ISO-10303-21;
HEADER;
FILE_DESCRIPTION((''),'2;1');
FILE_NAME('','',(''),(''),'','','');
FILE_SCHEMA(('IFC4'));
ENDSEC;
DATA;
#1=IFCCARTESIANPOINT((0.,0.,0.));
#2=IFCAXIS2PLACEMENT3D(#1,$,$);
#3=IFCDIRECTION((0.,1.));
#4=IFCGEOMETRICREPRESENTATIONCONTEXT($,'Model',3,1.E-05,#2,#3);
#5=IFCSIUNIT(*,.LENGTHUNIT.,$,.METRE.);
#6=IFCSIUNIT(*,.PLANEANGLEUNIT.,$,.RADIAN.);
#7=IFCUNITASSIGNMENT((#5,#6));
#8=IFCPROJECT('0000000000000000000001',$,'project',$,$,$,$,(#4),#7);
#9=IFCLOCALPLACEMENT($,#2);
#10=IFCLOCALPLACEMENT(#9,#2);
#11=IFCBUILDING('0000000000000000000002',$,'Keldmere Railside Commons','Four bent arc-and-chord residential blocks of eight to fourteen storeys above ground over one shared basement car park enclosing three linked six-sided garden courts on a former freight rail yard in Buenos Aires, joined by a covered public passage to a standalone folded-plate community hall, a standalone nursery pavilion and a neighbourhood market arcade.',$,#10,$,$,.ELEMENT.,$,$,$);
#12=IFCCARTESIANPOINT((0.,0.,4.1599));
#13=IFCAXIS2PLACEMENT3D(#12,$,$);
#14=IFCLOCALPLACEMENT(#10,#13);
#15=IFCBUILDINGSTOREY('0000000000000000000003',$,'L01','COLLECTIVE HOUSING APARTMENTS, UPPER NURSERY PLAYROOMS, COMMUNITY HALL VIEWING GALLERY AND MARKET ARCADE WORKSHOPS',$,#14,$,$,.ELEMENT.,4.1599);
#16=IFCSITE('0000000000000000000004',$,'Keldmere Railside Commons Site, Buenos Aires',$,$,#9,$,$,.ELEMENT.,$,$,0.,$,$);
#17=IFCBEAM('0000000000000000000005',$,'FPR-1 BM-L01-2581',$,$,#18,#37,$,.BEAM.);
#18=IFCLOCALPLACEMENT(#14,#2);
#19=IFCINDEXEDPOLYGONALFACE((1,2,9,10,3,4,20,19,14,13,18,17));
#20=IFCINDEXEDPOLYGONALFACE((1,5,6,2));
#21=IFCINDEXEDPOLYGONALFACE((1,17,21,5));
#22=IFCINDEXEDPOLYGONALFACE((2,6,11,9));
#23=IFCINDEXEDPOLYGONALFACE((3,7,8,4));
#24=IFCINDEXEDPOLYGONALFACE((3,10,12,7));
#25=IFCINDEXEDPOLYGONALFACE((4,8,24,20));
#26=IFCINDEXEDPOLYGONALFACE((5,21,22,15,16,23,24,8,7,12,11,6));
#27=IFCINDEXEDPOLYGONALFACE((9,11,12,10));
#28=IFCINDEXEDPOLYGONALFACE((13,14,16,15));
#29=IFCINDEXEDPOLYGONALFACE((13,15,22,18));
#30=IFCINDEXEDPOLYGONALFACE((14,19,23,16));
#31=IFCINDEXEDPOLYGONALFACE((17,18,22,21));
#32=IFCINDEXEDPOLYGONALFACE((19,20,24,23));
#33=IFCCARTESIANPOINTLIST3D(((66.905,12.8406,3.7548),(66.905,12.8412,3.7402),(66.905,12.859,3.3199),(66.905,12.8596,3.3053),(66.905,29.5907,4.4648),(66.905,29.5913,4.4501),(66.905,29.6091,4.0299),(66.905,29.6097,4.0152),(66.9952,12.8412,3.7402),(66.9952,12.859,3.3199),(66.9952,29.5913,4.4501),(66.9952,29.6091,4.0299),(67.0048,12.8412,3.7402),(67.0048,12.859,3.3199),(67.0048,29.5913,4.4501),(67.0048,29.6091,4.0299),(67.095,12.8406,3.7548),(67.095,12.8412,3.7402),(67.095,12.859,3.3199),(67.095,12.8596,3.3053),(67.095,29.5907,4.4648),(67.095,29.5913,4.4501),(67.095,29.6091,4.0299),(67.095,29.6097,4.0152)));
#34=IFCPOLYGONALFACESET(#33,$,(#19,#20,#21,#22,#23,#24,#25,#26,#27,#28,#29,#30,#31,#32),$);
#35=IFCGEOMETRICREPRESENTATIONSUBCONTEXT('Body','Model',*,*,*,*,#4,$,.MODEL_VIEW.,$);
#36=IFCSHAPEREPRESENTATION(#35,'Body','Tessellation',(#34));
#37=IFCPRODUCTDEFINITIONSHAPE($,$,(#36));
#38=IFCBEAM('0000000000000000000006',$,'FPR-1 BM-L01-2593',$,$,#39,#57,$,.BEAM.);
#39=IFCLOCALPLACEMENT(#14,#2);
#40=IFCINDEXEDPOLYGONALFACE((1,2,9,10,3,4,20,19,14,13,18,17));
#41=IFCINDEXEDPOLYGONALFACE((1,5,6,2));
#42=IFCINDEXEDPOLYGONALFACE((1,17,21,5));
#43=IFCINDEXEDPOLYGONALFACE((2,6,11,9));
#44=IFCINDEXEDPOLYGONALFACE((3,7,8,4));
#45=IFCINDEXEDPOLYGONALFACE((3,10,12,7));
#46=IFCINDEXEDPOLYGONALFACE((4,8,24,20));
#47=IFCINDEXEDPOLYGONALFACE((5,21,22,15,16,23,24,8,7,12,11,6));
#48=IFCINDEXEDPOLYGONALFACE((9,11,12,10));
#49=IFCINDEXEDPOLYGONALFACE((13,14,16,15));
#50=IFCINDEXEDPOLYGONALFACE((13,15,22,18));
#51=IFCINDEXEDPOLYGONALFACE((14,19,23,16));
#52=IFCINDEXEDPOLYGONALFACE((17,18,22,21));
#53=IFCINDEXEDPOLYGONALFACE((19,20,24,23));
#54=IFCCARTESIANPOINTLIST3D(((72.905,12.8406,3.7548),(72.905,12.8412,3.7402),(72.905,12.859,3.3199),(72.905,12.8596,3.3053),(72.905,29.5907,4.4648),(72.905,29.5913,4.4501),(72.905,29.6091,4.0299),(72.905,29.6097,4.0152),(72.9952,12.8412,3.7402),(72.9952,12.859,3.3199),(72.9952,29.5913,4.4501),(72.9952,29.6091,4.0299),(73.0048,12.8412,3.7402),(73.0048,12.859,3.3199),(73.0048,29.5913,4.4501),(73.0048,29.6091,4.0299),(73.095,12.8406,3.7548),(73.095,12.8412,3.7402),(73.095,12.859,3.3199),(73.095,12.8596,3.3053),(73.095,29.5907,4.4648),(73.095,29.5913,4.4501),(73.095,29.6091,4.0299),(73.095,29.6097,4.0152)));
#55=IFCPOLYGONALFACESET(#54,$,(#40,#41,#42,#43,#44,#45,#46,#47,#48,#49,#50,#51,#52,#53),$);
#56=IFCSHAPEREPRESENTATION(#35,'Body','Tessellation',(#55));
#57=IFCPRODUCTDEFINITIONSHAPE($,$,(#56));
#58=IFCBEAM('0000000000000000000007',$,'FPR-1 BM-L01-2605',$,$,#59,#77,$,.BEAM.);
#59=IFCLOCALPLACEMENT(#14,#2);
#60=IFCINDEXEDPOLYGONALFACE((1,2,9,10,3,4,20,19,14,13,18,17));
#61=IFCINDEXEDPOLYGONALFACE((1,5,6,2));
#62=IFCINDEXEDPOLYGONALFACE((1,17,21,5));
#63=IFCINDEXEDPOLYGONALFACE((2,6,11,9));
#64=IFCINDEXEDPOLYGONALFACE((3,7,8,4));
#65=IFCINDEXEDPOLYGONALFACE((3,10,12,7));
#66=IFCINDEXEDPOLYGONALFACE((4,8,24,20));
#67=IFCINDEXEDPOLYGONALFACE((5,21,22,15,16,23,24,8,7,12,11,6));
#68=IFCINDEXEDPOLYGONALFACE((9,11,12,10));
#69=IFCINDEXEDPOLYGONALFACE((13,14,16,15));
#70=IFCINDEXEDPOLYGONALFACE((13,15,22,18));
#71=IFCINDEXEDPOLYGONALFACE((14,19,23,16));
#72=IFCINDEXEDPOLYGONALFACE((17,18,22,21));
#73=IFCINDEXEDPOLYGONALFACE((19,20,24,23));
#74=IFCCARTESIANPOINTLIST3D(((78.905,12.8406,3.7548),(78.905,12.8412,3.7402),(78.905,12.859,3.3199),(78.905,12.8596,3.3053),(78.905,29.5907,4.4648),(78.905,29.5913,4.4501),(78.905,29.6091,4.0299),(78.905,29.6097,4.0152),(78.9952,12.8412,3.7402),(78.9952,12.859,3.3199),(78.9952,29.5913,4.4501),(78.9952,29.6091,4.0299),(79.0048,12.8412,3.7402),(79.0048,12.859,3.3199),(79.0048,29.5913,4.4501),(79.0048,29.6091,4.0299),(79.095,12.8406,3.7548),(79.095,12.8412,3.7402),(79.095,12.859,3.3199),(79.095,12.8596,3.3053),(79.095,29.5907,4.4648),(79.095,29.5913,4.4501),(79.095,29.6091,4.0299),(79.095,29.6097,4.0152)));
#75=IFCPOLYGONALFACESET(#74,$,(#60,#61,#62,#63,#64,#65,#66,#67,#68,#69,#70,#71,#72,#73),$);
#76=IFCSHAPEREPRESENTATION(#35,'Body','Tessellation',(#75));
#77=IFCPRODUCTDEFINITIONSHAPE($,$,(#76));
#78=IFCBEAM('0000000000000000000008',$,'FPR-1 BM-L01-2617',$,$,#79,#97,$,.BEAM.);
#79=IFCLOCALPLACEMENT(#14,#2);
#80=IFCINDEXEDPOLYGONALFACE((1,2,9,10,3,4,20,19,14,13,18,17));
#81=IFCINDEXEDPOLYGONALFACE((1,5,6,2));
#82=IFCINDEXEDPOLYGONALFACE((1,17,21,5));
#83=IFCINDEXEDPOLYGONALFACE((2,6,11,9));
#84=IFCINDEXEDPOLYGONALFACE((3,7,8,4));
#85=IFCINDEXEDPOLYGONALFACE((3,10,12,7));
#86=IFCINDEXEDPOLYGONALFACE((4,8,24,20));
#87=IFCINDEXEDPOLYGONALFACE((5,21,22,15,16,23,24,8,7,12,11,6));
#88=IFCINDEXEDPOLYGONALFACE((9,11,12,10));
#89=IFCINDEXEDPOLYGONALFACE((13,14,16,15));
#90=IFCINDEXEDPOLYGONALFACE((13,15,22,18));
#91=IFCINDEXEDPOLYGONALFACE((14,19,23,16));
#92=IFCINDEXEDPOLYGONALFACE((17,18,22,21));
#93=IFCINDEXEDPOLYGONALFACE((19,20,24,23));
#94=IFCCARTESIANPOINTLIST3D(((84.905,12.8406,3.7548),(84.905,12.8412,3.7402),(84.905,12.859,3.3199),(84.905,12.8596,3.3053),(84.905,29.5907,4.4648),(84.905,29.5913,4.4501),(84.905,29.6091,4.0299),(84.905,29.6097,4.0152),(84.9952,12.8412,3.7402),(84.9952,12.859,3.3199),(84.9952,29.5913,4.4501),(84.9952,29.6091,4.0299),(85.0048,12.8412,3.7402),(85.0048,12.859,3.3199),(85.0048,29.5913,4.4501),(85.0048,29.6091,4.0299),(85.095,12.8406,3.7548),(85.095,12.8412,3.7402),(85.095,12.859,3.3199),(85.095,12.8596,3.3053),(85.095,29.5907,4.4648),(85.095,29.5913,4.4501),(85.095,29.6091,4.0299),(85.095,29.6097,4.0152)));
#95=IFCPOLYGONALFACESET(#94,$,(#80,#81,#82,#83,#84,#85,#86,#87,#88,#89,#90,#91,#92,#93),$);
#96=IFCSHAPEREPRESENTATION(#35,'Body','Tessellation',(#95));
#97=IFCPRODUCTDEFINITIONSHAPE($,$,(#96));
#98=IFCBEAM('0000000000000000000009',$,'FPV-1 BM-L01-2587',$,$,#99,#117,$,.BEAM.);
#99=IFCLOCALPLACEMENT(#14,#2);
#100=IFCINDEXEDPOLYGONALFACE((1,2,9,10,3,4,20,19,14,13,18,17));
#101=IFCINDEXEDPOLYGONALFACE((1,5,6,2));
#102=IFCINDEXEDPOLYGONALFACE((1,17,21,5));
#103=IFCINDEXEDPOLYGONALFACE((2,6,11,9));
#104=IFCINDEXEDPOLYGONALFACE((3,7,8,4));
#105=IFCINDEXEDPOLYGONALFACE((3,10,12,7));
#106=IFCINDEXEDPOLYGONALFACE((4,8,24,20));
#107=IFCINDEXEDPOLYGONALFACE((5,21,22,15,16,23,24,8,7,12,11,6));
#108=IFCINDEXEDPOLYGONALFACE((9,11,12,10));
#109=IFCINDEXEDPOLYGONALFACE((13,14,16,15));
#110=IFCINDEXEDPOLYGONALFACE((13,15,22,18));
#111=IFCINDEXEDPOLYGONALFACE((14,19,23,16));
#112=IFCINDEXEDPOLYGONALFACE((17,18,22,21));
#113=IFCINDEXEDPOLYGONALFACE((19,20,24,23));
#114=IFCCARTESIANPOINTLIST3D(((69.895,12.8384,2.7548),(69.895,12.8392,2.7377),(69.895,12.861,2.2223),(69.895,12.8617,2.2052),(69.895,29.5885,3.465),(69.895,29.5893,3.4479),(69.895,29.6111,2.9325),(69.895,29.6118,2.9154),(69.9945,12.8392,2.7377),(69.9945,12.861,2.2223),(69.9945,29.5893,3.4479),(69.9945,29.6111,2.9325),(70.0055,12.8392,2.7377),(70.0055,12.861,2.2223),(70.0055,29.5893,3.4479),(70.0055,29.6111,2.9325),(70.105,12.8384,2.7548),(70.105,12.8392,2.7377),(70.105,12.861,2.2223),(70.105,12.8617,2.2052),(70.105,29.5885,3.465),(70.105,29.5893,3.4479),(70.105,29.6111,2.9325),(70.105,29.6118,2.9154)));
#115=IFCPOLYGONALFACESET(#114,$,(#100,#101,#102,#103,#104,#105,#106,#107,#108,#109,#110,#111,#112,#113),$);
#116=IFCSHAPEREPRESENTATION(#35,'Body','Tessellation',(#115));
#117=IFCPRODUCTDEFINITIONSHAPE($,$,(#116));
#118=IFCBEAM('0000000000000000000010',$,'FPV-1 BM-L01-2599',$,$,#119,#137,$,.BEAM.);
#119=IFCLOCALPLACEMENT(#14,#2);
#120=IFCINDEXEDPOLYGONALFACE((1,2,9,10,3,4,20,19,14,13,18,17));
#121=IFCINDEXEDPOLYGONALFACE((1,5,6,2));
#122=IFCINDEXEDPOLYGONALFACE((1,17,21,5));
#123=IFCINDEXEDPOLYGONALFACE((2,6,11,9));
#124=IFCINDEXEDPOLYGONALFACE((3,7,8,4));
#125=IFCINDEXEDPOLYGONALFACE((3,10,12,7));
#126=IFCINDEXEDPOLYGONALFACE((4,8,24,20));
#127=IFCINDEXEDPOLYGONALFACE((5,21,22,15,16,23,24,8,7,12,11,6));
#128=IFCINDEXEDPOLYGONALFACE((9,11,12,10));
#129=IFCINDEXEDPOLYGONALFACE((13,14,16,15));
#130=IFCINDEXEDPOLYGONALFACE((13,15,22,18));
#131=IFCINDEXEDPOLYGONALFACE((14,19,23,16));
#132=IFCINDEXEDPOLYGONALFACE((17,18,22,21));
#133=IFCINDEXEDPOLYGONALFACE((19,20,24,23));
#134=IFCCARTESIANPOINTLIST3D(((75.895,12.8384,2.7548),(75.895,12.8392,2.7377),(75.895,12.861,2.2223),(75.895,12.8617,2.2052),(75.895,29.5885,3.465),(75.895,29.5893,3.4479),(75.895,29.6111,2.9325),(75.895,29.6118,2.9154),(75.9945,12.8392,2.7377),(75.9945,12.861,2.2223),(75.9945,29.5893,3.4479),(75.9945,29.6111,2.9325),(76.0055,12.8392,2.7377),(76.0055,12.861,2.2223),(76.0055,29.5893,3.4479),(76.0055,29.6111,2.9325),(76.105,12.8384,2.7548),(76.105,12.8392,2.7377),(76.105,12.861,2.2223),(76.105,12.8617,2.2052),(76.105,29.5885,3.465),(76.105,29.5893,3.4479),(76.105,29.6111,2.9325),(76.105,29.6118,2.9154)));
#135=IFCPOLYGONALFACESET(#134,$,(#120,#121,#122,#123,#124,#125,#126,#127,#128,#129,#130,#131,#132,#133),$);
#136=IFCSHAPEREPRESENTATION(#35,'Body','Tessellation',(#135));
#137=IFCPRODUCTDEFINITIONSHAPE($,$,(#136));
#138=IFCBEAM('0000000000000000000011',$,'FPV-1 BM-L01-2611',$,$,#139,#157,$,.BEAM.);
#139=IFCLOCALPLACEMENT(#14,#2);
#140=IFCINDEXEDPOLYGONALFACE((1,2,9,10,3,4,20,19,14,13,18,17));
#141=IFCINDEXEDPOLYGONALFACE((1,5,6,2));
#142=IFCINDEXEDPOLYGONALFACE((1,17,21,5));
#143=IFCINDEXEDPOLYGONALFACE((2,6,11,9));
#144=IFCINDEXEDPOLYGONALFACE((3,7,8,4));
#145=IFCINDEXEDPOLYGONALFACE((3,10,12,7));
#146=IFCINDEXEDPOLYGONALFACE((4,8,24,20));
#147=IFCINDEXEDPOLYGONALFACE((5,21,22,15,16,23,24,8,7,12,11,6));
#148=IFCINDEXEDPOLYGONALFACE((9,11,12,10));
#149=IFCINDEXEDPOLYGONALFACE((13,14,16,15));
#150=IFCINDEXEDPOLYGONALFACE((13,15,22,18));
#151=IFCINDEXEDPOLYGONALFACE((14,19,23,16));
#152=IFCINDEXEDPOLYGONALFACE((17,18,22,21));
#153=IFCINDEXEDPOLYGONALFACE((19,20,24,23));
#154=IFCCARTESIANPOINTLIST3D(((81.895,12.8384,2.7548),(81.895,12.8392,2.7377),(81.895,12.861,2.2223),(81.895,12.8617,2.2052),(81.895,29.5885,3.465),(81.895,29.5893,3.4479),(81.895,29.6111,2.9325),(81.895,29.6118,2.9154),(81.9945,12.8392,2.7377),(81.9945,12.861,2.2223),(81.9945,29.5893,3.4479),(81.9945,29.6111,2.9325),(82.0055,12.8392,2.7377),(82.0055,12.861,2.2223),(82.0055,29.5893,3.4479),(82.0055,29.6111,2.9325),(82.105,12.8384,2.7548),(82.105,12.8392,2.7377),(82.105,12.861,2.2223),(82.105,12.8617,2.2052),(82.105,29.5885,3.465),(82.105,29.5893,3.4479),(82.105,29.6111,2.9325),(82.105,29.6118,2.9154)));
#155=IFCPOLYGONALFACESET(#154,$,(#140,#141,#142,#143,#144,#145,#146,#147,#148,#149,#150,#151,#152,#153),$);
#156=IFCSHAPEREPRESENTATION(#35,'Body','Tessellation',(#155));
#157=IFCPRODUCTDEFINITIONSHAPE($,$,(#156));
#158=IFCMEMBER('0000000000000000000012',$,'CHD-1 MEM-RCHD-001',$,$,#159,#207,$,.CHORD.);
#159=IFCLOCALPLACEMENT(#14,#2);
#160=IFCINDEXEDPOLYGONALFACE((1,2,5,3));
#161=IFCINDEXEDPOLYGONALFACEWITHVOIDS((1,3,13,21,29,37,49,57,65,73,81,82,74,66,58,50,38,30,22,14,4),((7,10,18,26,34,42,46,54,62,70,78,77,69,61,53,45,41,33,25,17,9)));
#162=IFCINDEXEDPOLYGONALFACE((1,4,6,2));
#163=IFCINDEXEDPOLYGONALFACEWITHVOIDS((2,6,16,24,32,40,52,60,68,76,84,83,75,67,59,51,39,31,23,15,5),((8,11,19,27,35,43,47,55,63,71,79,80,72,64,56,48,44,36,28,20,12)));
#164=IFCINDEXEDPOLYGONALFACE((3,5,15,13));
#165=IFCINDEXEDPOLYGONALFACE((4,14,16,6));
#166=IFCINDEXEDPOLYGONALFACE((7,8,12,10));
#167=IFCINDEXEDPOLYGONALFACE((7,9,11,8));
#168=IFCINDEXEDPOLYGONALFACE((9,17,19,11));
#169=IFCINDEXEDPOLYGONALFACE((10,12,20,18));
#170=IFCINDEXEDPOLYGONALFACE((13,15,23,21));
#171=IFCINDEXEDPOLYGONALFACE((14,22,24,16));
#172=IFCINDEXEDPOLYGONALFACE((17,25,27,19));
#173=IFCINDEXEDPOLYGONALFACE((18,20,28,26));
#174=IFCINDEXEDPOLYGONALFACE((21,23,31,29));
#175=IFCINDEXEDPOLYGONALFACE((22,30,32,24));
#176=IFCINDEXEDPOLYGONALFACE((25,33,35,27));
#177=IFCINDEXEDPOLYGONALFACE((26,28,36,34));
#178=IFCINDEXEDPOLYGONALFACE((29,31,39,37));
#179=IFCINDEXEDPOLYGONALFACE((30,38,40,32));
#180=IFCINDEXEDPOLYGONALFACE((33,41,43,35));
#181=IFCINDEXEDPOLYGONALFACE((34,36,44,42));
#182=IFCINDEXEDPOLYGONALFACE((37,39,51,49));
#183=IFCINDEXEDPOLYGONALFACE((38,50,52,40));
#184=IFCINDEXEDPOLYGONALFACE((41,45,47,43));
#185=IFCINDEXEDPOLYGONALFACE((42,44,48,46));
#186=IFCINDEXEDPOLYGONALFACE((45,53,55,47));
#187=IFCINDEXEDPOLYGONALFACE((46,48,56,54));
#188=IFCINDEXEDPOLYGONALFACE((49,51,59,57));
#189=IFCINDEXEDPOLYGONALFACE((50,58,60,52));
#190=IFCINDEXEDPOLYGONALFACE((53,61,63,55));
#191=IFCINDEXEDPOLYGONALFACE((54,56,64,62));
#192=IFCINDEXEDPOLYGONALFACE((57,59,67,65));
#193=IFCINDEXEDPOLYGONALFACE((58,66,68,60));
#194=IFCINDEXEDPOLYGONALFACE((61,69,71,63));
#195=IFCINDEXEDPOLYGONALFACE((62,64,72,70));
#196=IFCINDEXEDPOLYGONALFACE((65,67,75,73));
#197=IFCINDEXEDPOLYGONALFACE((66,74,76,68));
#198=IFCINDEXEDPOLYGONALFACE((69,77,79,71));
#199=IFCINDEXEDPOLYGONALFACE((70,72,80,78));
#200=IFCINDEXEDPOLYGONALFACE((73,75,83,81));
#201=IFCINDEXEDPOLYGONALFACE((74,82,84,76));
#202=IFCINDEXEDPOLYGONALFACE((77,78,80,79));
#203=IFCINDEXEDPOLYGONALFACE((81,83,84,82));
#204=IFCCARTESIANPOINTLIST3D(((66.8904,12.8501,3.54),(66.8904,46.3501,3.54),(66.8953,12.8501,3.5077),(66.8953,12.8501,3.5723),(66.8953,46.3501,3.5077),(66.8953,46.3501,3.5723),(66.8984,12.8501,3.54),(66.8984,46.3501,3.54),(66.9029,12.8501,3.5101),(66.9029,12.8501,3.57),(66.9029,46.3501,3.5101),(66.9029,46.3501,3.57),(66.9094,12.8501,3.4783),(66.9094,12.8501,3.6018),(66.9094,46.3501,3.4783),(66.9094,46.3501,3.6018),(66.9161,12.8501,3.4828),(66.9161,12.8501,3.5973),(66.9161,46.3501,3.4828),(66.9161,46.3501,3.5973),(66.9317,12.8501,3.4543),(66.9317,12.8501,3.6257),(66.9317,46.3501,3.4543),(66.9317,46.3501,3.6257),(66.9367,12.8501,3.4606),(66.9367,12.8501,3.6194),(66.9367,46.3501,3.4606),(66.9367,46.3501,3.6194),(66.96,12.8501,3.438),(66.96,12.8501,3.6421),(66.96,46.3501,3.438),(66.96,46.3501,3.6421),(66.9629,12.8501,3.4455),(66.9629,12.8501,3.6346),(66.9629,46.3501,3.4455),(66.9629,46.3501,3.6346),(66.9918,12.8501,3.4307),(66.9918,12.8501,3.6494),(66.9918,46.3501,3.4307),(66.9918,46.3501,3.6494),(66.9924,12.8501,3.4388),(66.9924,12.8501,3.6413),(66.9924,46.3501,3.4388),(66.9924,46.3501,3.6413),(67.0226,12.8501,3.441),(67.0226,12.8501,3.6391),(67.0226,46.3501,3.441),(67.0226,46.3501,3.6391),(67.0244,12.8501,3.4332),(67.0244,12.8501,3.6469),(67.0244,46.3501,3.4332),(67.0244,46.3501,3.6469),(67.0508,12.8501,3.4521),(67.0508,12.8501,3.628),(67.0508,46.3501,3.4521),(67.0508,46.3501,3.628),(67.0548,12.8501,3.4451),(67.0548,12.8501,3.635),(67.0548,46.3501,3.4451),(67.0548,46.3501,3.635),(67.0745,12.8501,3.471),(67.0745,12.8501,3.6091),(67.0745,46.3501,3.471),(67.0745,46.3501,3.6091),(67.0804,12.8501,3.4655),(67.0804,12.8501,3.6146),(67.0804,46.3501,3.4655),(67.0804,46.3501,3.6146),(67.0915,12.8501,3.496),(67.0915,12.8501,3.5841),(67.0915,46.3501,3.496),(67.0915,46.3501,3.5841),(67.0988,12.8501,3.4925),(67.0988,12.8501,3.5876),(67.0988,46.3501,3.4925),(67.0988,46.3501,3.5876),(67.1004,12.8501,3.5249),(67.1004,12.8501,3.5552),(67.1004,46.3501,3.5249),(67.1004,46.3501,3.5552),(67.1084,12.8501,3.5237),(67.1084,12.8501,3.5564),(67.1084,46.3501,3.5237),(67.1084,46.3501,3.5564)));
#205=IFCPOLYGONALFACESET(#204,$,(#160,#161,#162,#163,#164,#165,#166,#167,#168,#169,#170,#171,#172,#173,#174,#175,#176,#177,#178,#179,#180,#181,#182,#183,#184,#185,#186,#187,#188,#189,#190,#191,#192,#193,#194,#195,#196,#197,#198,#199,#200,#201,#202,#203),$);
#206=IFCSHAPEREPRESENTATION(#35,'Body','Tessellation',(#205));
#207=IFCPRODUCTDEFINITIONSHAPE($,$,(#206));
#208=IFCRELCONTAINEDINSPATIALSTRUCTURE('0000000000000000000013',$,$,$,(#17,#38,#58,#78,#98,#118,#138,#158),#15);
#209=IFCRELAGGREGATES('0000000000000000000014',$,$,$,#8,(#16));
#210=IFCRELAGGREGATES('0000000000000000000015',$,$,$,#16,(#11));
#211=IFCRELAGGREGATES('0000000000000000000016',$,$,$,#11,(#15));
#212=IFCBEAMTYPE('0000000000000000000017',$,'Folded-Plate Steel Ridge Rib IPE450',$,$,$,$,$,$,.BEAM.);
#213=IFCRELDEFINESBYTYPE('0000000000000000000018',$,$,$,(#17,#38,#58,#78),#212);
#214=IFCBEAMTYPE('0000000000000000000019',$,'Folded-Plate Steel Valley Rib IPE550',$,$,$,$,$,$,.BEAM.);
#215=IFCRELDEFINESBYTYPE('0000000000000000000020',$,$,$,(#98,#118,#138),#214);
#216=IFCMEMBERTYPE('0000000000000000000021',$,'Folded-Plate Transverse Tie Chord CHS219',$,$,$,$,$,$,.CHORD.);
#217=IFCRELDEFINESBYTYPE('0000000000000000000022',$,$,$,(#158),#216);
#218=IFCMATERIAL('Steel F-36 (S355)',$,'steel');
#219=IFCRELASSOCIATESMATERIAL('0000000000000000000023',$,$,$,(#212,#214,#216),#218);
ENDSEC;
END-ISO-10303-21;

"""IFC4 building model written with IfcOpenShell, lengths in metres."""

from ifc_helpers import new_model, si_unit, direction, frame, origin, origin_2d, place, context, subcontext, project, spatial, hollow_circle, i_section, extrude, material, material_profile, profile_set, type_object, element, save


model = new_model("IFC4")

# Units and contexts
model_context = context("Model", 3, precision=1e-05, world=origin(), true_north=direction((0.0, 1.0)))
body_context = subcontext(model_context, "Body", "Model", "MODEL_VIEW")
ifc_project = project(units=[si_unit("LENGTHUNIT", "METRE"), si_unit("PLANEANGLEUNIT", "RADIAN")], contexts=[model_context])

# Site, building, storey
site_placement = place(None, origin())
site = spatial("IfcSite", under=ifc_project, at=site_placement, Name="Keldmere Railside Commons Site, Buenos Aires", CompositionType="ELEMENT", RefElevation=0.0)
building_placement = place(site_placement, origin())
building = spatial("IfcBuilding", under=site, at=building_placement, Name="Keldmere Railside Commons", Description="Four bent arc-and-chord residential blocks of eight to fourteen storeys above ground over one shared basement car park enclosing three linked six-sided garden courts on a former freight rail yard in Buenos Aires, joined by a covered public passage to a standalone folded-plate community hall, a standalone nursery pavilion and a neighbourhood market arcade.", CompositionType="ELEMENT")
storey_placement = place(building_placement, frame((0.0, 0.0, 4.1599)))
storey = spatial("IfcBuildingStorey", under=building, at=storey_placement, Name="L01", Description="COLLECTIVE HOUSING APARTMENTS, UPPER NURSERY PLAYROOMS, COMMUNITY HALL VIEWING GALLERY AND MARKET ARCADE WORKSHOPS", CompositionType="ELEMENT", Elevation=4.1599)

# Beams
ifc_material = material(Name="Steel F-36 (S355)", Category="steel")
ifc_material_profile_1 = material_profile(ifc_material, i_section(OverallWidth=0.1899, OverallDepth=0.45, WebThickness=0.0095, FlangeThickness=0.0146, at=origin_2d()), Name="IPE-450")
ifc_profile_set_1 = profile_set([ifc_material_profile_1], Name="Steel F-36 (S355)")
beam_type_1 = type_object("IfcBeamType", Name="Folded-Plate Steel Ridge Rib IPE450", PredefinedType="BEAM", material=ifc_profile_set_1)
for number, where, z_axis, x_axis, name in (
    (1, (67.0, 12.8501, 3.53), (0.0, 0.999103, 0.042348), (-1.0, 0.0, 0.0), "FPR-1 BM-L01-2581"),
    (2, (73.0, 12.8501, 3.53), (0.0, 0.999103, 0.042348), (-1.0, 0.0, 0.0), "FPR-1 BM-L01-2593"),
    (3, (79.0, 12.8501, 3.53), (0.0, 0.999103, 0.042348), (-1.0, 0.0, 0.0), "FPR-1 BM-L01-2605"),
    (4, (85.0, 12.8501, 3.53), (0.0, 0.999103, 0.042348), (-1.0, 0.0, 0.0), "FPR-1 BM-L01-2617"),
):
    element("IfcBeam", number, at=place(storey_placement, frame(where, z_axis=z_axis, x_axis=x_axis)), inside=storey, type_object=beam_type_1, Name=name, PredefinedType="BEAM", context=body_context, shape_type="SweptSolid", body=[
        extrude(i_section(OverallWidth=0.1899, OverallDepth=0.45, WebThickness=0.0095, FlangeThickness=0.0146, at=origin_2d()), origin(), (0.0, 0.0, 1.0), 16.7651),
    ])
ifc_material_profile_2 = material_profile(ifc_material, i_section(OverallWidth=0.21, OverallDepth=0.55, WebThickness=0.011, FlangeThickness=0.0171, at=origin_2d()), Name="IPE-550")
ifc_profile_set_2 = profile_set([ifc_material_profile_2], Name="Steel F-36 (S355)")
beam_type_2 = type_object("IfcBeamType", Name="Folded-Plate Steel Valley Rib IPE550", PredefinedType="BEAM", material=ifc_profile_set_2)
for number, where, z_axis, x_axis, name in (
    (5, (70.0, 12.8501, 2.48), (0.0, 0.999102, 0.042362), (-1.0, 0.0, 0.0), "FPV-1 BM-L01-2587"),
    (6, (76.0, 12.8501, 2.48), (0.0, 0.999102, 0.042362), (-1.0, 0.0, 0.0), "FPV-1 BM-L01-2599"),
    (7, (82.0, 12.8501, 2.48), (0.0, 0.999102, 0.042362), (-1.0, 0.0, 0.0), "FPV-1 BM-L01-2611"),
):
    element("IfcBeam", number, at=place(storey_placement, frame(where, z_axis=z_axis, x_axis=x_axis)), inside=storey, type_object=beam_type_2, Name=name, PredefinedType="BEAM", context=body_context, shape_type="SweptSolid", body=[
        extrude(i_section(OverallWidth=0.21, OverallDepth=0.55, WebThickness=0.011, FlangeThickness=0.0171, at=origin_2d()), origin(), (0.0, 0.0, 1.0), 16.7651),
    ])

# Member
ifc_material_profile_3 = material_profile(ifc_material, hollow_circle(Radius=0.1096, WallThickness=0.0081, at=origin_2d()), Name="CHS-219x8")
ifc_profile_set_3 = profile_set([ifc_material_profile_3], Name="Steel F-36 (S355)")
member_type_1 = type_object("IfcMemberType", Name="Folded-Plate Transverse Tie Chord CHS219", PredefinedType="CHORD", material=ifc_profile_set_3)
for number, where, z_axis, x_axis, name in (
    (8, (67.0, 12.8501, 3.54), (0.0, 1.0, 0.0), (-1.0, 0.0, 0.0), "CHD-1 MEM-RCHD-001"),
):
    element("IfcMember", number, at=place(storey_placement, frame(where, z_axis=z_axis, x_axis=x_axis)), inside=storey, type_object=member_type_1, Name=name, PredefinedType="CHORD", context=body_context, shape_type="SweptSolid", body=[
        extrude(hollow_circle(Radius=0.1096, WallThickness=0.0081, at=origin_2d()), origin(), (0.0, 0.0, 1.0), 33.5),
    ])

save(model, "model.ifc")
